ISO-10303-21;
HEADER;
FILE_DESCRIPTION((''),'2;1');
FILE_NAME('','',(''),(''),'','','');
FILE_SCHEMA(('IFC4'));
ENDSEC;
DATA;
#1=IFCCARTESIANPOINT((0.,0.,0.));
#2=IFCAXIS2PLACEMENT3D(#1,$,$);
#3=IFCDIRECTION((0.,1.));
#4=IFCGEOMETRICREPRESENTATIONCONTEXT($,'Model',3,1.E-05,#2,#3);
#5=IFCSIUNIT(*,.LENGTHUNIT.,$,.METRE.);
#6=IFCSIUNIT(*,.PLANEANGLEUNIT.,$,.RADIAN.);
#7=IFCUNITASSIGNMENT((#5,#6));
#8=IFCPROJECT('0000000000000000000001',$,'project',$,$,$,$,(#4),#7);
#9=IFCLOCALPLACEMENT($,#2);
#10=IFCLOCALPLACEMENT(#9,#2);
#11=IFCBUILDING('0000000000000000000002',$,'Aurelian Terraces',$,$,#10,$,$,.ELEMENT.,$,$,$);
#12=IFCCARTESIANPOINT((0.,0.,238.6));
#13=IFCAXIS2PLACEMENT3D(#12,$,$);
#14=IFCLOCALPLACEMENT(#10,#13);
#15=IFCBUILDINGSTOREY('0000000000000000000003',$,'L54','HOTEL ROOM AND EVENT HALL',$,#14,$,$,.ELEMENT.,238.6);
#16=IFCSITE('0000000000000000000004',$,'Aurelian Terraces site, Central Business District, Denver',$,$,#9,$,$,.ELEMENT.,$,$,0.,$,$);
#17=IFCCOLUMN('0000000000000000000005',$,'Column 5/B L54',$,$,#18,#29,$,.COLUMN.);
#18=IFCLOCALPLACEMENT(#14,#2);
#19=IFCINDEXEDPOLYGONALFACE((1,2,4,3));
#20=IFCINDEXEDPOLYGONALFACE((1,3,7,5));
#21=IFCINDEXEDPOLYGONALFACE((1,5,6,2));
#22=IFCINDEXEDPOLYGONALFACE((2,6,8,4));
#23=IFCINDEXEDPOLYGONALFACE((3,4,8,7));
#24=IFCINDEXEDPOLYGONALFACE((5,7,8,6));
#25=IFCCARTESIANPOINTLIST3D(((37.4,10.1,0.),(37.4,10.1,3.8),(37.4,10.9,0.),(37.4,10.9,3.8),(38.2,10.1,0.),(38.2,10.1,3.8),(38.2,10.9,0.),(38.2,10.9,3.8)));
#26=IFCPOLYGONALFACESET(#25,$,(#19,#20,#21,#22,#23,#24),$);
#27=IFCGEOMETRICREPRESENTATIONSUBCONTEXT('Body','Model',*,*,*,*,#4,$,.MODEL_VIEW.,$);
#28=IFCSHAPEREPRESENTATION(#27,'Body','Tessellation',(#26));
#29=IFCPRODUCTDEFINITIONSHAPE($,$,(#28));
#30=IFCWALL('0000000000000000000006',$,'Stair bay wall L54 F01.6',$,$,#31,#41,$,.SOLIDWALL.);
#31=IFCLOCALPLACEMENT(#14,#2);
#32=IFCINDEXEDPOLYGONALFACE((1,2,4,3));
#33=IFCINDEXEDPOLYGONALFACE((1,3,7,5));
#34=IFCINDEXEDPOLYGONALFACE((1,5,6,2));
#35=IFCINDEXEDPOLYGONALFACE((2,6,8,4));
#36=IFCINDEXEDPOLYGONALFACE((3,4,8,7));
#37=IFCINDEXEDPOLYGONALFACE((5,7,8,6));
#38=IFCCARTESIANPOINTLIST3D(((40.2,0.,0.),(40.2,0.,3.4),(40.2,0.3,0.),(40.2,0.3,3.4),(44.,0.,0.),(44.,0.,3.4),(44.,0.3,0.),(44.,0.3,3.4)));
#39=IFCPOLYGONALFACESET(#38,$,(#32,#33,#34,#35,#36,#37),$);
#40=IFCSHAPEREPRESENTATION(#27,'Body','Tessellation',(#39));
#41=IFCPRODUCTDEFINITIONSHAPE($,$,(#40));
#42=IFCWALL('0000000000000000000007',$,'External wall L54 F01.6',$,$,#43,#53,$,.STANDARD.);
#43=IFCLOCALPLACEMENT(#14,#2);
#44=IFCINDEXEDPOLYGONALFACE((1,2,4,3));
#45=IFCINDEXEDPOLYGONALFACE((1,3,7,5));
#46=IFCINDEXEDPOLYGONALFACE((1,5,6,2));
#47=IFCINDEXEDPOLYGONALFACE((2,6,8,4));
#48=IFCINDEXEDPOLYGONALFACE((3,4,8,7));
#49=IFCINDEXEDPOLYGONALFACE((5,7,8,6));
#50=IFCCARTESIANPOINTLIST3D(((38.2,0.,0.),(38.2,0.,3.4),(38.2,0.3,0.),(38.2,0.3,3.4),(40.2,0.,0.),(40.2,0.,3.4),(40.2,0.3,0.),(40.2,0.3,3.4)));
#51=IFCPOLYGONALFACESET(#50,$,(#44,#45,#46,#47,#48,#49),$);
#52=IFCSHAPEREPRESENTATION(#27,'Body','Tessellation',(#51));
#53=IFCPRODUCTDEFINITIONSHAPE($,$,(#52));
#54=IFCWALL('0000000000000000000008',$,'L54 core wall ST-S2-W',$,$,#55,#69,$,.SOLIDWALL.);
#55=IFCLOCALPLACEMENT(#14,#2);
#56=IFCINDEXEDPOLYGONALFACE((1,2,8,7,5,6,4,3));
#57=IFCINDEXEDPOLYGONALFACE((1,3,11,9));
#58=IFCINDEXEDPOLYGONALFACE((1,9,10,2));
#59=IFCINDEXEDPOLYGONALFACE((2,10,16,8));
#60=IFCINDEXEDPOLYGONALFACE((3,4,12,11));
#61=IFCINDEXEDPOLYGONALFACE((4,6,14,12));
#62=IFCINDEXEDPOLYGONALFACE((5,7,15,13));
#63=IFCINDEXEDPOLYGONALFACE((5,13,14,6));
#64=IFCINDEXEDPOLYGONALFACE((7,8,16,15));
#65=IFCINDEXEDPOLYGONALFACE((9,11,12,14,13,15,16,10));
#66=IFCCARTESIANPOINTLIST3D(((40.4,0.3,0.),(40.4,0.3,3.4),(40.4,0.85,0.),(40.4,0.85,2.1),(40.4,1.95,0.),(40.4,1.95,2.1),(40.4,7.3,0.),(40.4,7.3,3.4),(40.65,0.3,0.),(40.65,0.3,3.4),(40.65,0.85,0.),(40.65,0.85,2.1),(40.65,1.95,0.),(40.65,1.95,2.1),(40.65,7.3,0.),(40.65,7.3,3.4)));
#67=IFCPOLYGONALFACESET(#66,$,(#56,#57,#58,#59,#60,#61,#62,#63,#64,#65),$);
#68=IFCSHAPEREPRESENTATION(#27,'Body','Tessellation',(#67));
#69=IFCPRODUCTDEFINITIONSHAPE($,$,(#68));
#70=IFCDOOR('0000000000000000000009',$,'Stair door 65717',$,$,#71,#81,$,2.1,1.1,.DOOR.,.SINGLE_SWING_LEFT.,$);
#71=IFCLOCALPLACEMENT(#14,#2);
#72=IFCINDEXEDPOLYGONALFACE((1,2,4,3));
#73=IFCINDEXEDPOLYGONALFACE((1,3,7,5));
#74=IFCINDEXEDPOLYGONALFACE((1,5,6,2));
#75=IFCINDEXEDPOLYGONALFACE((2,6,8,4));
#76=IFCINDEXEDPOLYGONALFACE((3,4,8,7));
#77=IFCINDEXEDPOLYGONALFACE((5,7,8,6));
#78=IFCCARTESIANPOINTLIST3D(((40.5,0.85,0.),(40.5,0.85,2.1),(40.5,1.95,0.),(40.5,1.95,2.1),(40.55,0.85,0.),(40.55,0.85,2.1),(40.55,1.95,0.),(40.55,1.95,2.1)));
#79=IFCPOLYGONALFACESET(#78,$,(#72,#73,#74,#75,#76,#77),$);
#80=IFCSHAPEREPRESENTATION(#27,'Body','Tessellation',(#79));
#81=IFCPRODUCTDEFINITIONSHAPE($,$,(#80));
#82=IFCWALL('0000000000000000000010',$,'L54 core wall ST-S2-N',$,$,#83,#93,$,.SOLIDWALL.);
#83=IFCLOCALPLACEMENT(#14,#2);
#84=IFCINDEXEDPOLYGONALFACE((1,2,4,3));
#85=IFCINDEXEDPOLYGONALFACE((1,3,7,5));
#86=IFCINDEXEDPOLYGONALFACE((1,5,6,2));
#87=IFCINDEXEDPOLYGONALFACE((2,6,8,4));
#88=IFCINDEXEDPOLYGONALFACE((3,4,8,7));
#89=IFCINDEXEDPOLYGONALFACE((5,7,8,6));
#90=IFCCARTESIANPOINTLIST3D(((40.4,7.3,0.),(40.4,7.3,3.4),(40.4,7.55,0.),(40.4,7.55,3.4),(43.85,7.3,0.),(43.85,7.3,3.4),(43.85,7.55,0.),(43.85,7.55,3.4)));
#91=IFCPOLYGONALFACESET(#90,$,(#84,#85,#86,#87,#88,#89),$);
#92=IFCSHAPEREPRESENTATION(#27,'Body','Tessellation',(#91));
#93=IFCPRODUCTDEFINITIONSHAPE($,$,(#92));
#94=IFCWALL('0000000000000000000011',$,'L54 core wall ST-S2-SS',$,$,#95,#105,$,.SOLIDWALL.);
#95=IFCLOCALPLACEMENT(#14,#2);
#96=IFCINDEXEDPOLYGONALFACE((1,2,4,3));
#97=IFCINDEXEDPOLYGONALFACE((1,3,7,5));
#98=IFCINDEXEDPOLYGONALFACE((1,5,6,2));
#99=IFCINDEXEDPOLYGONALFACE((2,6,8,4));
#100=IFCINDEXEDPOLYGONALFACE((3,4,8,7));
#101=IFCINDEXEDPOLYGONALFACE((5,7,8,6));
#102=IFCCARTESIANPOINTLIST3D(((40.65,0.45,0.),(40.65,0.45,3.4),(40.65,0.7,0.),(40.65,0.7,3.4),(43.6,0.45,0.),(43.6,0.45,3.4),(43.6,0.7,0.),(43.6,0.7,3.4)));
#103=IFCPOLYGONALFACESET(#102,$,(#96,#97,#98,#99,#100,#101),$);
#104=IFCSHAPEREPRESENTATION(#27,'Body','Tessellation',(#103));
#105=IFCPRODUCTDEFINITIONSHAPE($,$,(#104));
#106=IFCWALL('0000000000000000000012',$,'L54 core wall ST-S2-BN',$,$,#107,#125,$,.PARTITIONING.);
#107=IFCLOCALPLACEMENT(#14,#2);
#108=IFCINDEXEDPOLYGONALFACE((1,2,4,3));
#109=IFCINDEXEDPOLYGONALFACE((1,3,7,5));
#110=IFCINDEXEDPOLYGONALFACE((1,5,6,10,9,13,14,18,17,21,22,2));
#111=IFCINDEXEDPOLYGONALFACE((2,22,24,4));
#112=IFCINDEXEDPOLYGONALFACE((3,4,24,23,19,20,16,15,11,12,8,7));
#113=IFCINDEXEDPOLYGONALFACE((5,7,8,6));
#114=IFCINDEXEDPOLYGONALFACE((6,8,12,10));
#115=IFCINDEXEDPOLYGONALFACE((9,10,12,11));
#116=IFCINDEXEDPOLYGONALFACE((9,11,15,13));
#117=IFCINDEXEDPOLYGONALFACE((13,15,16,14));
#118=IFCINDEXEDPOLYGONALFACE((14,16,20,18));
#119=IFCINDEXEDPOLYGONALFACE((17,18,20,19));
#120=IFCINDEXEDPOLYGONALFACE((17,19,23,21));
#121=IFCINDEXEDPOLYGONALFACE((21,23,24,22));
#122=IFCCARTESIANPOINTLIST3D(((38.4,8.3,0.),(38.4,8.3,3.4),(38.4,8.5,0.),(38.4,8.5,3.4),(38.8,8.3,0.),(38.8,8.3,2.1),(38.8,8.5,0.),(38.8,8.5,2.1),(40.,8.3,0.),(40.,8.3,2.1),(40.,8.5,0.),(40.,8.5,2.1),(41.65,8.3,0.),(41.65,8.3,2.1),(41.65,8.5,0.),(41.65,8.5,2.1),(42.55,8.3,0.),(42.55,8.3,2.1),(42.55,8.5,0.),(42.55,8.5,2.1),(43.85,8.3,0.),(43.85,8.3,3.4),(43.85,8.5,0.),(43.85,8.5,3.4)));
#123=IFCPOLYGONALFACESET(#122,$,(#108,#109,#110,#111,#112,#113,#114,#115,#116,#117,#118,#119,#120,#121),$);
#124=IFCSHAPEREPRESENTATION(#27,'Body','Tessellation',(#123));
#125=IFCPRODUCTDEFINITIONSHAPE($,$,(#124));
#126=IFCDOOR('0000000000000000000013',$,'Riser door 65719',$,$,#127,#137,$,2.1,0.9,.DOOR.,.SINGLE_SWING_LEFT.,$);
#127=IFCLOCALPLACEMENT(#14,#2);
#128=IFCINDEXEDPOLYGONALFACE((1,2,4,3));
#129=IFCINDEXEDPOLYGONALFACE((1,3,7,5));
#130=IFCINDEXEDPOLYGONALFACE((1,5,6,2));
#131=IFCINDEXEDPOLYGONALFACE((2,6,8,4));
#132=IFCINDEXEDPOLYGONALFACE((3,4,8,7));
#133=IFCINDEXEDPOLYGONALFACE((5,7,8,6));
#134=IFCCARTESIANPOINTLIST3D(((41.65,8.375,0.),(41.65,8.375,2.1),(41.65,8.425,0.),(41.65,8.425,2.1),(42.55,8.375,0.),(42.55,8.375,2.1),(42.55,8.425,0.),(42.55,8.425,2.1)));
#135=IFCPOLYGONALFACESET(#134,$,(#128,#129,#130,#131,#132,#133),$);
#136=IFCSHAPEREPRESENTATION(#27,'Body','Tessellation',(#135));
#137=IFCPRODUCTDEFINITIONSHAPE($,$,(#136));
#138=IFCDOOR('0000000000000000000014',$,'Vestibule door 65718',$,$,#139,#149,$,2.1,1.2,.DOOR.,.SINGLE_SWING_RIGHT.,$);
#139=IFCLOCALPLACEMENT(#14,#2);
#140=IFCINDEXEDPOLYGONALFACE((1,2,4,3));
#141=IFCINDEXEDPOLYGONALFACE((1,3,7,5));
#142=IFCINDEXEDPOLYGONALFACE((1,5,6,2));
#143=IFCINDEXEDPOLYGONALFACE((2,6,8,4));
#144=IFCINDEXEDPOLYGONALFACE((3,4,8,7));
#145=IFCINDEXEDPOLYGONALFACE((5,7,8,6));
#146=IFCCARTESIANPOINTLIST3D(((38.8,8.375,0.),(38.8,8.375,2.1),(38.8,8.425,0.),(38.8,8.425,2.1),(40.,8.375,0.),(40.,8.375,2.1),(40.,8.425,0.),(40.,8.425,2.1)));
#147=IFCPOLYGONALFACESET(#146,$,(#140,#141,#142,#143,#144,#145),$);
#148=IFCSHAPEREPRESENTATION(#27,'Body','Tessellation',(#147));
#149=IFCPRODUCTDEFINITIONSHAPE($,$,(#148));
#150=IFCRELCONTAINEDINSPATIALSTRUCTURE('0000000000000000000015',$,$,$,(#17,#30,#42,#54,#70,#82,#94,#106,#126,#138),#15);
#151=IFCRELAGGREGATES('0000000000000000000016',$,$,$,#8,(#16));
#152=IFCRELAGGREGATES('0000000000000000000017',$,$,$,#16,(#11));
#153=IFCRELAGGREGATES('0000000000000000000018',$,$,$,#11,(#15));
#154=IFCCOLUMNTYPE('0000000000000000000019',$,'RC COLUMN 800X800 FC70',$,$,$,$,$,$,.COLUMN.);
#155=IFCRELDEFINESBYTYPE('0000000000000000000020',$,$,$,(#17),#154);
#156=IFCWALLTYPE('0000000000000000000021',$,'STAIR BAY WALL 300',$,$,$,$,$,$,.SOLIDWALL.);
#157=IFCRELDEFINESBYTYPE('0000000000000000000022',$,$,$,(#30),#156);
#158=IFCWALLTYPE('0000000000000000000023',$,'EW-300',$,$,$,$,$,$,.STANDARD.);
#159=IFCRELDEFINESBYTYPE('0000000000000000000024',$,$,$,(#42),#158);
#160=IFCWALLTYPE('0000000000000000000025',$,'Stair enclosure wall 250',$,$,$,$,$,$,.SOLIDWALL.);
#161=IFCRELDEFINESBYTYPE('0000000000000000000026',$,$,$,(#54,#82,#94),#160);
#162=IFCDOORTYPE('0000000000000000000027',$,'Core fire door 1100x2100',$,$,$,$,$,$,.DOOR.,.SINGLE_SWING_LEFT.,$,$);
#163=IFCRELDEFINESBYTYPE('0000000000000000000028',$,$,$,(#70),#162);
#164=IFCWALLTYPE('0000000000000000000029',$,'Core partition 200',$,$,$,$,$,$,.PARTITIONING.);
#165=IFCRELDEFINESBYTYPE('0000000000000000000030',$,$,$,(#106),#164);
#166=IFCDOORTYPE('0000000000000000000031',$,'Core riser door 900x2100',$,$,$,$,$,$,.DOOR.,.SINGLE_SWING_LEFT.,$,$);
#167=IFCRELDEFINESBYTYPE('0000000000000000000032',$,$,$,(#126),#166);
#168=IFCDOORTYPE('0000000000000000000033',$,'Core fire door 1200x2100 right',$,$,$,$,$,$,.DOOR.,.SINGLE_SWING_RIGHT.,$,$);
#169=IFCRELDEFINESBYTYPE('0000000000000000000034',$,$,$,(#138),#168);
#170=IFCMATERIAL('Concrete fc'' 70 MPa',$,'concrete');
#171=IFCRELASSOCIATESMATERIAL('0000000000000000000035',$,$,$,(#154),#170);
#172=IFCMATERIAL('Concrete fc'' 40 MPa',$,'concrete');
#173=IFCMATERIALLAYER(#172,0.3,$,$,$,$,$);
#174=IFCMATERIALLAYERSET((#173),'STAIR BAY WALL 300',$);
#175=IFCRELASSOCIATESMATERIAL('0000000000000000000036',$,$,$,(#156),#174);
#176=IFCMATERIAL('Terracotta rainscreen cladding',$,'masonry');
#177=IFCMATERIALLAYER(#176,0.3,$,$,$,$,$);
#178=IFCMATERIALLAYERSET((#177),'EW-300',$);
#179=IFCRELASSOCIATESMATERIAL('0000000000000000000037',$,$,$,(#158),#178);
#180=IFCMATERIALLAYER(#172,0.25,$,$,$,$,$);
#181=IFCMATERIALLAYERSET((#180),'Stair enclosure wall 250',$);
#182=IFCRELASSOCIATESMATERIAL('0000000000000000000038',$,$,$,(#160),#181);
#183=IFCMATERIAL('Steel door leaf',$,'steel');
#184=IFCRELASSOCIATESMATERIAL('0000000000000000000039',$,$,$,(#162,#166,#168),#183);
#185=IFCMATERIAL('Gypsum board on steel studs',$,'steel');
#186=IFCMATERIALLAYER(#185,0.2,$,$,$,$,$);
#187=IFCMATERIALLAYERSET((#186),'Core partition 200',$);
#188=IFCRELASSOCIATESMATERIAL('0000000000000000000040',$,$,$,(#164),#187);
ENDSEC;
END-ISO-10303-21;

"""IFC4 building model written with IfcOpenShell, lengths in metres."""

from ifc_helpers import new_model, si_unit, direction, frame, frame_2d, origin, origin_2d, place, context, subcontext, project, spatial, rectangle, extrude, source, transform, mapped, material, layer, layer_set, material_profile, profile_set, type_object, element, fill, save


model = new_model("IFC4")

# Units and contexts
model_context = context("Model", 3, precision=1e-05, world=origin(), true_north=direction((0.0, 1.0)))
body_context = subcontext(model_context, "Body", "Model", "MODEL_VIEW")
ifc_project = project(units=[si_unit("LENGTHUNIT", "METRE"), si_unit("PLANEANGLEUNIT", "RADIAN")], contexts=[model_context])

# Site, building, storey
site_placement = place(None, origin())
site = spatial("IfcSite", under=ifc_project, at=site_placement, Name="Aurelian Terraces site, Central Business District, Denver", CompositionType="ELEMENT", RefElevation=0.0)
building_placement = place(site_placement, origin())
building = spatial("IfcBuilding", under=site, at=building_placement, Name="Aurelian Terraces", CompositionType="ELEMENT")
storey_placement = place(building_placement, frame((0.0, 0.0, 238.6)))
storey = spatial("IfcBuildingStorey", under=building, at=storey_placement, Name="L54", Description="HOTEL ROOM AND EVENT HALL", CompositionType="ELEMENT", Elevation=238.6)

# Column
ifc_material_1 = material(Name="Concrete fc' 70 MPa", Category="concrete")
ifc_material_profile = material_profile(ifc_material_1, rectangle(XDim=0.8, YDim=0.8, at=origin_2d()))
ifc_profile_set = profile_set([ifc_material_profile], Name="Concrete fc' 70 MPa")
column_type = type_object("IfcColumnType", Name="RC COLUMN 800X800 FC70", PredefinedType="COLUMN", material=ifc_profile_set)
shared_shape_1 = source(origin(), body_context, "Body", "SweptSolid", [
    extrude(rectangle(XDim=0.8, YDim=0.8, at=origin_2d()), origin(), (0.0, 0.0, 1.0), 3.8),
])
column_placement = place(storey_placement, frame((37.8, 10.5, 0.0), z_axis=(0.0, 0.0, 1.0), x_axis=(1.0, 0.0, 0.0)))
element("IfcColumn", 1, at=column_placement, inside=storey, type_object=column_type, Name="Column 5/B L54", PredefinedType="COLUMN", context=body_context, shape_type="MappedRepresentation", body=[
    mapped(shared_shape_1, transform((0.0, 0.0, 0.0), scale=1.0)),
])

# Walls
ifc_material_2 = material(Name="Concrete fc' 40 MPa", Category="concrete")
ifc_layer_1 = layer(ifc_material_2, 0.3)
ifc_layer_set_1 = layer_set([ifc_layer_1], Name="STAIR BAY WALL 300")
wall_type_1 = type_object("IfcWallType", Name="STAIR BAY WALL 300", PredefinedType="SOLIDWALL", material=ifc_layer_set_1)
shared_shape_2 = source(origin(), body_context, "Body", "SweptSolid", [
    extrude(rectangle(XDim=3.8, YDim=0.3, at=frame_2d((1.9, 0.0))), origin(), (0.0, 0.0, 1.0), 3.4),
])
wall_1_placement = place(storey_placement, frame((40.2, 0.15, 0.0), z_axis=(0.0, 0.0, 1.0), x_axis=(1.0, 0.0, 0.0)))
element("IfcWall", 2, at=wall_1_placement, inside=storey, type_object=wall_type_1, Name="Stair bay wall L54 F01.6", PredefinedType="SOLIDWALL", context=body_context, shape_type="MappedRepresentation", body=[
    mapped(shared_shape_2, transform((0.0, 0.0, 0.0), scale=1.0)),
])
ifc_material_3 = material(Name="Terracotta rainscreen cladding", Category="masonry")
ifc_layer_2 = layer(ifc_material_3, 0.3)
ifc_layer_set_2 = layer_set([ifc_layer_2], Name="EW-300")
wall_type_2 = type_object("IfcWallType", Name="EW-300", PredefinedType="STANDARD", material=ifc_layer_set_2)
shared_shape_3 = source(origin(), body_context, "Body", "SweptSolid", [
    extrude(rectangle(XDim=2.0, YDim=0.3, at=frame_2d((1.0, 0.0))), origin(), (0.0, 0.0, 1.0), 3.4),
])
wall_2_placement = place(storey_placement, frame((38.2, 0.15, 0.0), z_axis=(0.0, 0.0, 1.0), x_axis=(1.0, 0.0, 0.0)))
element("IfcWall", 3, at=wall_2_placement, inside=storey, type_object=wall_type_2, Name="External wall L54 F01.6", PredefinedType="STANDARD", context=body_context, shape_type="MappedRepresentation", body=[
    mapped(shared_shape_3, transform((0.0, 0.0, 0.0), scale=1.0)),
])

# Wall, opening, door
ifc_layer_3 = layer(ifc_material_2, 0.25)
ifc_layer_set_3 = layer_set([ifc_layer_3], Name="Stair enclosure wall 250")
wall_type_3 = type_object("IfcWallType", Name="Stair enclosure wall 250", PredefinedType="SOLIDWALL", material=ifc_layer_set_3)
shared_shape_4 = source(origin(), body_context, "Body", "SweptSolid", [
    extrude(rectangle(XDim=7.0, YDim=0.25, at=frame_2d((3.5, 0.0))), origin(), (0.0, 0.0, 1.0), 3.4),
])
wall_3_placement = place(storey_placement, frame((40.525, 0.3, 0.0), z_axis=(0.0, 0.0, 1.0), x_axis=(0.0, 1.0, 0.0)))
wall_3 = element("IfcWall", 4, at=wall_3_placement, inside=storey, type_object=wall_type_3, Name="L54 core wall ST-S2-W", PredefinedType="SOLIDWALL", context=body_context, shape_type="MappedRepresentation", body=[
    mapped(shared_shape_4, transform((0.0, 0.0, 0.0), scale=1.0)),
])
shared_shape_5 = source(origin(), body_context, "Body", "SweptSolid", [
    extrude(rectangle(XDim=1.1, YDim=2.1, at=frame_2d((0.55, 1.05))), frame((0.0, 0.135, 0.0), z_axis=(0.0, -1.0, 0.0), x_axis=(1.0, 0.0, 0.0)), (0.0, 0.0, 1.0), 0.27),
])
opening_1_placement = place(wall_3_placement, frame((0.55, 0.0, 0.0)))
opening_1 = element("IfcOpeningElement", 5, at=opening_1_placement, cuts=wall_3, PredefinedType="OPENING", context=body_context, shape_type="MappedRepresentation", body=[
    mapped(shared_shape_5, transform((0.0, 0.0, 0.0), scale=1.0)),
])
ifc_material_4 = material(Name="Steel door leaf", Category="steel")
door_type_1 = type_object("IfcDoorType", Name="Core fire door 1100x2100", OperationType="SINGLE_SWING_LEFT", PredefinedType="DOOR", material=ifc_material_4)
shared_shape_6 = source(origin(), body_context, "Body", "SweptSolid", [
    extrude(rectangle(XDim=1.1, YDim=2.1, at=frame_2d((0.55, 1.05))), frame((0.0, 0.025, 0.0), z_axis=(0.0, -1.0, 0.0), x_axis=(1.0, 0.0, 0.0)), (0.0, 0.0, 1.0), 0.05),
])
door_1_placement = place(opening_1_placement, origin())
door_1 = element("IfcDoor", 6, at=door_1_placement, inside=storey, type_object=door_type_1, Name="Stair door 65717", OperationType="SINGLE_SWING_LEFT", OverallHeight=2.1, OverallWidth=1.1, PredefinedType="DOOR", context=body_context, shape_type="MappedRepresentation", body=[
    mapped(shared_shape_6, transform((0.0, 0.0, 0.0), scale=1.0)),
])
fill(opening_1, door_1)

# Walls
shared_shape_7 = source(origin(), body_context, "Body", "SweptSolid", [
    extrude(rectangle(XDim=3.45, YDim=0.25, at=frame_2d((1.725, 0.0))), origin(), (0.0, 0.0, 1.0), 3.4),
])
wall_4_placement = place(storey_placement, frame((40.4, 7.425, 0.0), z_axis=(0.0, 0.0, 1.0), x_axis=(1.0, 0.0, 0.0)))
element("IfcWall", 7, at=wall_4_placement, inside=storey, type_object=wall_type_3, Name="L54 core wall ST-S2-N", PredefinedType="SOLIDWALL", context=body_context, shape_type="MappedRepresentation", body=[
    mapped(shared_shape_7, transform((0.0, 0.0, 0.0), scale=1.0)),
])
shared_shape_8 = source(origin(), body_context, "Body", "SweptSolid", [
    extrude(rectangle(XDim=2.95, YDim=0.25, at=frame_2d((1.475, 0.0))), origin(), (0.0, 0.0, 1.0), 3.4),
])
wall_5_placement = place(storey_placement, frame((40.65, 0.575, 0.0), z_axis=(0.0, 0.0, 1.0), x_axis=(1.0, 0.0, 0.0)))
element("IfcWall", 8, at=wall_5_placement, inside=storey, type_object=wall_type_3, Name="L54 core wall ST-S2-SS", PredefinedType="SOLIDWALL", context=body_context, shape_type="MappedRepresentation", body=[
    mapped(shared_shape_8, transform((0.0, 0.0, 0.0), scale=1.0)),
])

# Wall, openings, doors
ifc_material_5 = material(Name="Gypsum board on steel studs", Category="steel")
ifc_layer_4 = layer(ifc_material_5, 0.2)
ifc_layer_set_4 = layer_set([ifc_layer_4], Name="Core partition 200")
wall_type_4 = type_object("IfcWallType", Name="Core partition 200", PredefinedType="PARTITIONING", material=ifc_layer_set_4)
shared_shape_9 = source(origin(), body_context, "Body", "SweptSolid", [
    extrude(rectangle(XDim=5.45, YDim=0.2, at=frame_2d((2.725, 0.0))), origin(), (0.0, 0.0, 1.0), 3.4),
])
wall_6_placement = place(storey_placement, frame((38.4, 8.4, 0.0), z_axis=(0.0, 0.0, 1.0), x_axis=(1.0, 0.0, 0.0)))
wall_6 = element("IfcWall", 9, at=wall_6_placement, inside=storey, type_object=wall_type_4, Name="L54 core wall ST-S2-BN", PredefinedType="PARTITIONING", context=body_context, shape_type="MappedRepresentation", body=[
    mapped(shared_shape_9, transform((0.0, 0.0, 0.0), scale=1.0)),
])
shared_shape_10 = source(origin(), body_context, "Body", "SweptSolid", [
    extrude(rectangle(XDim=1.2, YDim=2.1, at=frame_2d((0.6, 1.05))), frame((0.0, 0.11, 0.0), z_axis=(0.0, -1.0, 0.0), x_axis=(1.0, 0.0, 0.0)), (0.0, 0.0, 1.0), 0.22),
])
opening_2_placement = place(wall_6_placement, frame((0.4, 0.0, 0.0)))
opening_2 = element("IfcOpeningElement", 10, at=opening_2_placement, cuts=wall_6, PredefinedType="OPENING", context=body_context, shape_type="MappedRepresentation", body=[
    mapped(shared_shape_10, transform((0.0, 0.0, 0.0), scale=1.0)),
])
shared_shape_11 = source(origin(), body_context, "Body", "SweptSolid", [
    extrude(rectangle(XDim=0.9, YDim=2.1, at=frame_2d((0.45, 1.05))), frame((0.0, 0.11, 0.0), z_axis=(0.0, -1.0, 0.0), x_axis=(1.0, 0.0, 0.0)), (0.0, 0.0, 1.0), 0.22),
])
opening_3_placement = place(wall_6_placement, frame((3.25, 0.0, 0.0)))
opening_3 = element("IfcOpeningElement", 11, at=opening_3_placement, cuts=wall_6, PredefinedType="OPENING", context=body_context, shape_type="MappedRepresentation", body=[
    mapped(shared_shape_11, transform((0.0, 0.0, 0.0), scale=1.0)),
])
door_type_2 = type_object("IfcDoorType", Name="Core riser door 900x2100", OperationType="SINGLE_SWING_LEFT", PredefinedType="DOOR", material=ifc_material_4)
shared_shape_12 = source(origin(), body_context, "Body", "SweptSolid", [
    extrude(rectangle(XDim=0.9, YDim=2.1, at=frame_2d((0.45, 1.05))), frame((0.0, 0.025, 0.0), z_axis=(0.0, -1.0, 0.0), x_axis=(1.0, 0.0, 0.0)), (0.0, 0.0, 1.0), 0.05),
])
door_2_placement = place(opening_3_placement, origin())
door_2 = element("IfcDoor", 12, at=door_2_placement, inside=storey, type_object=door_type_2, Name="Riser door 65719", OperationType="SINGLE_SWING_LEFT", OverallHeight=2.1, OverallWidth=0.9, PredefinedType="DOOR", context=body_context, shape_type="MappedRepresentation", body=[
    mapped(shared_shape_12, transform((0.0, 0.0, 0.0), scale=1.0)),
])
fill(opening_3, door_2)
door_type_3 = type_object("IfcDoorType", Name="Core fire door 1200x2100 right", OperationType="SINGLE_SWING_RIGHT", PredefinedType="DOOR", material=ifc_material_4)
shared_shape_13 = source(origin(), body_context, "Body", "SweptSolid", [
    extrude(rectangle(XDim=1.2, YDim=2.1, at=frame_2d((0.6, 1.05))), frame((0.0, 0.025, 0.0), z_axis=(0.0, -1.0, 0.0), x_axis=(1.0, 0.0, 0.0)), (0.0, 0.0, 1.0), 0.05),
])
door_3_placement = place(opening_2_placement, origin())
door_3 = element("IfcDoor", 13, at=door_3_placement, inside=storey, type_object=door_type_3, Name="Vestibule door 65718", OperationType="SINGLE_SWING_RIGHT", OverallHeight=2.1, OverallWidth=1.2, PredefinedType="DOOR", context=body_context, shape_type="MappedRepresentation", body=[
    mapped(shared_shape_13, transform((0.0, 0.0, 0.0), scale=1.0)),
])
fill(opening_2, door_3)

save(model, "model.ifc")
